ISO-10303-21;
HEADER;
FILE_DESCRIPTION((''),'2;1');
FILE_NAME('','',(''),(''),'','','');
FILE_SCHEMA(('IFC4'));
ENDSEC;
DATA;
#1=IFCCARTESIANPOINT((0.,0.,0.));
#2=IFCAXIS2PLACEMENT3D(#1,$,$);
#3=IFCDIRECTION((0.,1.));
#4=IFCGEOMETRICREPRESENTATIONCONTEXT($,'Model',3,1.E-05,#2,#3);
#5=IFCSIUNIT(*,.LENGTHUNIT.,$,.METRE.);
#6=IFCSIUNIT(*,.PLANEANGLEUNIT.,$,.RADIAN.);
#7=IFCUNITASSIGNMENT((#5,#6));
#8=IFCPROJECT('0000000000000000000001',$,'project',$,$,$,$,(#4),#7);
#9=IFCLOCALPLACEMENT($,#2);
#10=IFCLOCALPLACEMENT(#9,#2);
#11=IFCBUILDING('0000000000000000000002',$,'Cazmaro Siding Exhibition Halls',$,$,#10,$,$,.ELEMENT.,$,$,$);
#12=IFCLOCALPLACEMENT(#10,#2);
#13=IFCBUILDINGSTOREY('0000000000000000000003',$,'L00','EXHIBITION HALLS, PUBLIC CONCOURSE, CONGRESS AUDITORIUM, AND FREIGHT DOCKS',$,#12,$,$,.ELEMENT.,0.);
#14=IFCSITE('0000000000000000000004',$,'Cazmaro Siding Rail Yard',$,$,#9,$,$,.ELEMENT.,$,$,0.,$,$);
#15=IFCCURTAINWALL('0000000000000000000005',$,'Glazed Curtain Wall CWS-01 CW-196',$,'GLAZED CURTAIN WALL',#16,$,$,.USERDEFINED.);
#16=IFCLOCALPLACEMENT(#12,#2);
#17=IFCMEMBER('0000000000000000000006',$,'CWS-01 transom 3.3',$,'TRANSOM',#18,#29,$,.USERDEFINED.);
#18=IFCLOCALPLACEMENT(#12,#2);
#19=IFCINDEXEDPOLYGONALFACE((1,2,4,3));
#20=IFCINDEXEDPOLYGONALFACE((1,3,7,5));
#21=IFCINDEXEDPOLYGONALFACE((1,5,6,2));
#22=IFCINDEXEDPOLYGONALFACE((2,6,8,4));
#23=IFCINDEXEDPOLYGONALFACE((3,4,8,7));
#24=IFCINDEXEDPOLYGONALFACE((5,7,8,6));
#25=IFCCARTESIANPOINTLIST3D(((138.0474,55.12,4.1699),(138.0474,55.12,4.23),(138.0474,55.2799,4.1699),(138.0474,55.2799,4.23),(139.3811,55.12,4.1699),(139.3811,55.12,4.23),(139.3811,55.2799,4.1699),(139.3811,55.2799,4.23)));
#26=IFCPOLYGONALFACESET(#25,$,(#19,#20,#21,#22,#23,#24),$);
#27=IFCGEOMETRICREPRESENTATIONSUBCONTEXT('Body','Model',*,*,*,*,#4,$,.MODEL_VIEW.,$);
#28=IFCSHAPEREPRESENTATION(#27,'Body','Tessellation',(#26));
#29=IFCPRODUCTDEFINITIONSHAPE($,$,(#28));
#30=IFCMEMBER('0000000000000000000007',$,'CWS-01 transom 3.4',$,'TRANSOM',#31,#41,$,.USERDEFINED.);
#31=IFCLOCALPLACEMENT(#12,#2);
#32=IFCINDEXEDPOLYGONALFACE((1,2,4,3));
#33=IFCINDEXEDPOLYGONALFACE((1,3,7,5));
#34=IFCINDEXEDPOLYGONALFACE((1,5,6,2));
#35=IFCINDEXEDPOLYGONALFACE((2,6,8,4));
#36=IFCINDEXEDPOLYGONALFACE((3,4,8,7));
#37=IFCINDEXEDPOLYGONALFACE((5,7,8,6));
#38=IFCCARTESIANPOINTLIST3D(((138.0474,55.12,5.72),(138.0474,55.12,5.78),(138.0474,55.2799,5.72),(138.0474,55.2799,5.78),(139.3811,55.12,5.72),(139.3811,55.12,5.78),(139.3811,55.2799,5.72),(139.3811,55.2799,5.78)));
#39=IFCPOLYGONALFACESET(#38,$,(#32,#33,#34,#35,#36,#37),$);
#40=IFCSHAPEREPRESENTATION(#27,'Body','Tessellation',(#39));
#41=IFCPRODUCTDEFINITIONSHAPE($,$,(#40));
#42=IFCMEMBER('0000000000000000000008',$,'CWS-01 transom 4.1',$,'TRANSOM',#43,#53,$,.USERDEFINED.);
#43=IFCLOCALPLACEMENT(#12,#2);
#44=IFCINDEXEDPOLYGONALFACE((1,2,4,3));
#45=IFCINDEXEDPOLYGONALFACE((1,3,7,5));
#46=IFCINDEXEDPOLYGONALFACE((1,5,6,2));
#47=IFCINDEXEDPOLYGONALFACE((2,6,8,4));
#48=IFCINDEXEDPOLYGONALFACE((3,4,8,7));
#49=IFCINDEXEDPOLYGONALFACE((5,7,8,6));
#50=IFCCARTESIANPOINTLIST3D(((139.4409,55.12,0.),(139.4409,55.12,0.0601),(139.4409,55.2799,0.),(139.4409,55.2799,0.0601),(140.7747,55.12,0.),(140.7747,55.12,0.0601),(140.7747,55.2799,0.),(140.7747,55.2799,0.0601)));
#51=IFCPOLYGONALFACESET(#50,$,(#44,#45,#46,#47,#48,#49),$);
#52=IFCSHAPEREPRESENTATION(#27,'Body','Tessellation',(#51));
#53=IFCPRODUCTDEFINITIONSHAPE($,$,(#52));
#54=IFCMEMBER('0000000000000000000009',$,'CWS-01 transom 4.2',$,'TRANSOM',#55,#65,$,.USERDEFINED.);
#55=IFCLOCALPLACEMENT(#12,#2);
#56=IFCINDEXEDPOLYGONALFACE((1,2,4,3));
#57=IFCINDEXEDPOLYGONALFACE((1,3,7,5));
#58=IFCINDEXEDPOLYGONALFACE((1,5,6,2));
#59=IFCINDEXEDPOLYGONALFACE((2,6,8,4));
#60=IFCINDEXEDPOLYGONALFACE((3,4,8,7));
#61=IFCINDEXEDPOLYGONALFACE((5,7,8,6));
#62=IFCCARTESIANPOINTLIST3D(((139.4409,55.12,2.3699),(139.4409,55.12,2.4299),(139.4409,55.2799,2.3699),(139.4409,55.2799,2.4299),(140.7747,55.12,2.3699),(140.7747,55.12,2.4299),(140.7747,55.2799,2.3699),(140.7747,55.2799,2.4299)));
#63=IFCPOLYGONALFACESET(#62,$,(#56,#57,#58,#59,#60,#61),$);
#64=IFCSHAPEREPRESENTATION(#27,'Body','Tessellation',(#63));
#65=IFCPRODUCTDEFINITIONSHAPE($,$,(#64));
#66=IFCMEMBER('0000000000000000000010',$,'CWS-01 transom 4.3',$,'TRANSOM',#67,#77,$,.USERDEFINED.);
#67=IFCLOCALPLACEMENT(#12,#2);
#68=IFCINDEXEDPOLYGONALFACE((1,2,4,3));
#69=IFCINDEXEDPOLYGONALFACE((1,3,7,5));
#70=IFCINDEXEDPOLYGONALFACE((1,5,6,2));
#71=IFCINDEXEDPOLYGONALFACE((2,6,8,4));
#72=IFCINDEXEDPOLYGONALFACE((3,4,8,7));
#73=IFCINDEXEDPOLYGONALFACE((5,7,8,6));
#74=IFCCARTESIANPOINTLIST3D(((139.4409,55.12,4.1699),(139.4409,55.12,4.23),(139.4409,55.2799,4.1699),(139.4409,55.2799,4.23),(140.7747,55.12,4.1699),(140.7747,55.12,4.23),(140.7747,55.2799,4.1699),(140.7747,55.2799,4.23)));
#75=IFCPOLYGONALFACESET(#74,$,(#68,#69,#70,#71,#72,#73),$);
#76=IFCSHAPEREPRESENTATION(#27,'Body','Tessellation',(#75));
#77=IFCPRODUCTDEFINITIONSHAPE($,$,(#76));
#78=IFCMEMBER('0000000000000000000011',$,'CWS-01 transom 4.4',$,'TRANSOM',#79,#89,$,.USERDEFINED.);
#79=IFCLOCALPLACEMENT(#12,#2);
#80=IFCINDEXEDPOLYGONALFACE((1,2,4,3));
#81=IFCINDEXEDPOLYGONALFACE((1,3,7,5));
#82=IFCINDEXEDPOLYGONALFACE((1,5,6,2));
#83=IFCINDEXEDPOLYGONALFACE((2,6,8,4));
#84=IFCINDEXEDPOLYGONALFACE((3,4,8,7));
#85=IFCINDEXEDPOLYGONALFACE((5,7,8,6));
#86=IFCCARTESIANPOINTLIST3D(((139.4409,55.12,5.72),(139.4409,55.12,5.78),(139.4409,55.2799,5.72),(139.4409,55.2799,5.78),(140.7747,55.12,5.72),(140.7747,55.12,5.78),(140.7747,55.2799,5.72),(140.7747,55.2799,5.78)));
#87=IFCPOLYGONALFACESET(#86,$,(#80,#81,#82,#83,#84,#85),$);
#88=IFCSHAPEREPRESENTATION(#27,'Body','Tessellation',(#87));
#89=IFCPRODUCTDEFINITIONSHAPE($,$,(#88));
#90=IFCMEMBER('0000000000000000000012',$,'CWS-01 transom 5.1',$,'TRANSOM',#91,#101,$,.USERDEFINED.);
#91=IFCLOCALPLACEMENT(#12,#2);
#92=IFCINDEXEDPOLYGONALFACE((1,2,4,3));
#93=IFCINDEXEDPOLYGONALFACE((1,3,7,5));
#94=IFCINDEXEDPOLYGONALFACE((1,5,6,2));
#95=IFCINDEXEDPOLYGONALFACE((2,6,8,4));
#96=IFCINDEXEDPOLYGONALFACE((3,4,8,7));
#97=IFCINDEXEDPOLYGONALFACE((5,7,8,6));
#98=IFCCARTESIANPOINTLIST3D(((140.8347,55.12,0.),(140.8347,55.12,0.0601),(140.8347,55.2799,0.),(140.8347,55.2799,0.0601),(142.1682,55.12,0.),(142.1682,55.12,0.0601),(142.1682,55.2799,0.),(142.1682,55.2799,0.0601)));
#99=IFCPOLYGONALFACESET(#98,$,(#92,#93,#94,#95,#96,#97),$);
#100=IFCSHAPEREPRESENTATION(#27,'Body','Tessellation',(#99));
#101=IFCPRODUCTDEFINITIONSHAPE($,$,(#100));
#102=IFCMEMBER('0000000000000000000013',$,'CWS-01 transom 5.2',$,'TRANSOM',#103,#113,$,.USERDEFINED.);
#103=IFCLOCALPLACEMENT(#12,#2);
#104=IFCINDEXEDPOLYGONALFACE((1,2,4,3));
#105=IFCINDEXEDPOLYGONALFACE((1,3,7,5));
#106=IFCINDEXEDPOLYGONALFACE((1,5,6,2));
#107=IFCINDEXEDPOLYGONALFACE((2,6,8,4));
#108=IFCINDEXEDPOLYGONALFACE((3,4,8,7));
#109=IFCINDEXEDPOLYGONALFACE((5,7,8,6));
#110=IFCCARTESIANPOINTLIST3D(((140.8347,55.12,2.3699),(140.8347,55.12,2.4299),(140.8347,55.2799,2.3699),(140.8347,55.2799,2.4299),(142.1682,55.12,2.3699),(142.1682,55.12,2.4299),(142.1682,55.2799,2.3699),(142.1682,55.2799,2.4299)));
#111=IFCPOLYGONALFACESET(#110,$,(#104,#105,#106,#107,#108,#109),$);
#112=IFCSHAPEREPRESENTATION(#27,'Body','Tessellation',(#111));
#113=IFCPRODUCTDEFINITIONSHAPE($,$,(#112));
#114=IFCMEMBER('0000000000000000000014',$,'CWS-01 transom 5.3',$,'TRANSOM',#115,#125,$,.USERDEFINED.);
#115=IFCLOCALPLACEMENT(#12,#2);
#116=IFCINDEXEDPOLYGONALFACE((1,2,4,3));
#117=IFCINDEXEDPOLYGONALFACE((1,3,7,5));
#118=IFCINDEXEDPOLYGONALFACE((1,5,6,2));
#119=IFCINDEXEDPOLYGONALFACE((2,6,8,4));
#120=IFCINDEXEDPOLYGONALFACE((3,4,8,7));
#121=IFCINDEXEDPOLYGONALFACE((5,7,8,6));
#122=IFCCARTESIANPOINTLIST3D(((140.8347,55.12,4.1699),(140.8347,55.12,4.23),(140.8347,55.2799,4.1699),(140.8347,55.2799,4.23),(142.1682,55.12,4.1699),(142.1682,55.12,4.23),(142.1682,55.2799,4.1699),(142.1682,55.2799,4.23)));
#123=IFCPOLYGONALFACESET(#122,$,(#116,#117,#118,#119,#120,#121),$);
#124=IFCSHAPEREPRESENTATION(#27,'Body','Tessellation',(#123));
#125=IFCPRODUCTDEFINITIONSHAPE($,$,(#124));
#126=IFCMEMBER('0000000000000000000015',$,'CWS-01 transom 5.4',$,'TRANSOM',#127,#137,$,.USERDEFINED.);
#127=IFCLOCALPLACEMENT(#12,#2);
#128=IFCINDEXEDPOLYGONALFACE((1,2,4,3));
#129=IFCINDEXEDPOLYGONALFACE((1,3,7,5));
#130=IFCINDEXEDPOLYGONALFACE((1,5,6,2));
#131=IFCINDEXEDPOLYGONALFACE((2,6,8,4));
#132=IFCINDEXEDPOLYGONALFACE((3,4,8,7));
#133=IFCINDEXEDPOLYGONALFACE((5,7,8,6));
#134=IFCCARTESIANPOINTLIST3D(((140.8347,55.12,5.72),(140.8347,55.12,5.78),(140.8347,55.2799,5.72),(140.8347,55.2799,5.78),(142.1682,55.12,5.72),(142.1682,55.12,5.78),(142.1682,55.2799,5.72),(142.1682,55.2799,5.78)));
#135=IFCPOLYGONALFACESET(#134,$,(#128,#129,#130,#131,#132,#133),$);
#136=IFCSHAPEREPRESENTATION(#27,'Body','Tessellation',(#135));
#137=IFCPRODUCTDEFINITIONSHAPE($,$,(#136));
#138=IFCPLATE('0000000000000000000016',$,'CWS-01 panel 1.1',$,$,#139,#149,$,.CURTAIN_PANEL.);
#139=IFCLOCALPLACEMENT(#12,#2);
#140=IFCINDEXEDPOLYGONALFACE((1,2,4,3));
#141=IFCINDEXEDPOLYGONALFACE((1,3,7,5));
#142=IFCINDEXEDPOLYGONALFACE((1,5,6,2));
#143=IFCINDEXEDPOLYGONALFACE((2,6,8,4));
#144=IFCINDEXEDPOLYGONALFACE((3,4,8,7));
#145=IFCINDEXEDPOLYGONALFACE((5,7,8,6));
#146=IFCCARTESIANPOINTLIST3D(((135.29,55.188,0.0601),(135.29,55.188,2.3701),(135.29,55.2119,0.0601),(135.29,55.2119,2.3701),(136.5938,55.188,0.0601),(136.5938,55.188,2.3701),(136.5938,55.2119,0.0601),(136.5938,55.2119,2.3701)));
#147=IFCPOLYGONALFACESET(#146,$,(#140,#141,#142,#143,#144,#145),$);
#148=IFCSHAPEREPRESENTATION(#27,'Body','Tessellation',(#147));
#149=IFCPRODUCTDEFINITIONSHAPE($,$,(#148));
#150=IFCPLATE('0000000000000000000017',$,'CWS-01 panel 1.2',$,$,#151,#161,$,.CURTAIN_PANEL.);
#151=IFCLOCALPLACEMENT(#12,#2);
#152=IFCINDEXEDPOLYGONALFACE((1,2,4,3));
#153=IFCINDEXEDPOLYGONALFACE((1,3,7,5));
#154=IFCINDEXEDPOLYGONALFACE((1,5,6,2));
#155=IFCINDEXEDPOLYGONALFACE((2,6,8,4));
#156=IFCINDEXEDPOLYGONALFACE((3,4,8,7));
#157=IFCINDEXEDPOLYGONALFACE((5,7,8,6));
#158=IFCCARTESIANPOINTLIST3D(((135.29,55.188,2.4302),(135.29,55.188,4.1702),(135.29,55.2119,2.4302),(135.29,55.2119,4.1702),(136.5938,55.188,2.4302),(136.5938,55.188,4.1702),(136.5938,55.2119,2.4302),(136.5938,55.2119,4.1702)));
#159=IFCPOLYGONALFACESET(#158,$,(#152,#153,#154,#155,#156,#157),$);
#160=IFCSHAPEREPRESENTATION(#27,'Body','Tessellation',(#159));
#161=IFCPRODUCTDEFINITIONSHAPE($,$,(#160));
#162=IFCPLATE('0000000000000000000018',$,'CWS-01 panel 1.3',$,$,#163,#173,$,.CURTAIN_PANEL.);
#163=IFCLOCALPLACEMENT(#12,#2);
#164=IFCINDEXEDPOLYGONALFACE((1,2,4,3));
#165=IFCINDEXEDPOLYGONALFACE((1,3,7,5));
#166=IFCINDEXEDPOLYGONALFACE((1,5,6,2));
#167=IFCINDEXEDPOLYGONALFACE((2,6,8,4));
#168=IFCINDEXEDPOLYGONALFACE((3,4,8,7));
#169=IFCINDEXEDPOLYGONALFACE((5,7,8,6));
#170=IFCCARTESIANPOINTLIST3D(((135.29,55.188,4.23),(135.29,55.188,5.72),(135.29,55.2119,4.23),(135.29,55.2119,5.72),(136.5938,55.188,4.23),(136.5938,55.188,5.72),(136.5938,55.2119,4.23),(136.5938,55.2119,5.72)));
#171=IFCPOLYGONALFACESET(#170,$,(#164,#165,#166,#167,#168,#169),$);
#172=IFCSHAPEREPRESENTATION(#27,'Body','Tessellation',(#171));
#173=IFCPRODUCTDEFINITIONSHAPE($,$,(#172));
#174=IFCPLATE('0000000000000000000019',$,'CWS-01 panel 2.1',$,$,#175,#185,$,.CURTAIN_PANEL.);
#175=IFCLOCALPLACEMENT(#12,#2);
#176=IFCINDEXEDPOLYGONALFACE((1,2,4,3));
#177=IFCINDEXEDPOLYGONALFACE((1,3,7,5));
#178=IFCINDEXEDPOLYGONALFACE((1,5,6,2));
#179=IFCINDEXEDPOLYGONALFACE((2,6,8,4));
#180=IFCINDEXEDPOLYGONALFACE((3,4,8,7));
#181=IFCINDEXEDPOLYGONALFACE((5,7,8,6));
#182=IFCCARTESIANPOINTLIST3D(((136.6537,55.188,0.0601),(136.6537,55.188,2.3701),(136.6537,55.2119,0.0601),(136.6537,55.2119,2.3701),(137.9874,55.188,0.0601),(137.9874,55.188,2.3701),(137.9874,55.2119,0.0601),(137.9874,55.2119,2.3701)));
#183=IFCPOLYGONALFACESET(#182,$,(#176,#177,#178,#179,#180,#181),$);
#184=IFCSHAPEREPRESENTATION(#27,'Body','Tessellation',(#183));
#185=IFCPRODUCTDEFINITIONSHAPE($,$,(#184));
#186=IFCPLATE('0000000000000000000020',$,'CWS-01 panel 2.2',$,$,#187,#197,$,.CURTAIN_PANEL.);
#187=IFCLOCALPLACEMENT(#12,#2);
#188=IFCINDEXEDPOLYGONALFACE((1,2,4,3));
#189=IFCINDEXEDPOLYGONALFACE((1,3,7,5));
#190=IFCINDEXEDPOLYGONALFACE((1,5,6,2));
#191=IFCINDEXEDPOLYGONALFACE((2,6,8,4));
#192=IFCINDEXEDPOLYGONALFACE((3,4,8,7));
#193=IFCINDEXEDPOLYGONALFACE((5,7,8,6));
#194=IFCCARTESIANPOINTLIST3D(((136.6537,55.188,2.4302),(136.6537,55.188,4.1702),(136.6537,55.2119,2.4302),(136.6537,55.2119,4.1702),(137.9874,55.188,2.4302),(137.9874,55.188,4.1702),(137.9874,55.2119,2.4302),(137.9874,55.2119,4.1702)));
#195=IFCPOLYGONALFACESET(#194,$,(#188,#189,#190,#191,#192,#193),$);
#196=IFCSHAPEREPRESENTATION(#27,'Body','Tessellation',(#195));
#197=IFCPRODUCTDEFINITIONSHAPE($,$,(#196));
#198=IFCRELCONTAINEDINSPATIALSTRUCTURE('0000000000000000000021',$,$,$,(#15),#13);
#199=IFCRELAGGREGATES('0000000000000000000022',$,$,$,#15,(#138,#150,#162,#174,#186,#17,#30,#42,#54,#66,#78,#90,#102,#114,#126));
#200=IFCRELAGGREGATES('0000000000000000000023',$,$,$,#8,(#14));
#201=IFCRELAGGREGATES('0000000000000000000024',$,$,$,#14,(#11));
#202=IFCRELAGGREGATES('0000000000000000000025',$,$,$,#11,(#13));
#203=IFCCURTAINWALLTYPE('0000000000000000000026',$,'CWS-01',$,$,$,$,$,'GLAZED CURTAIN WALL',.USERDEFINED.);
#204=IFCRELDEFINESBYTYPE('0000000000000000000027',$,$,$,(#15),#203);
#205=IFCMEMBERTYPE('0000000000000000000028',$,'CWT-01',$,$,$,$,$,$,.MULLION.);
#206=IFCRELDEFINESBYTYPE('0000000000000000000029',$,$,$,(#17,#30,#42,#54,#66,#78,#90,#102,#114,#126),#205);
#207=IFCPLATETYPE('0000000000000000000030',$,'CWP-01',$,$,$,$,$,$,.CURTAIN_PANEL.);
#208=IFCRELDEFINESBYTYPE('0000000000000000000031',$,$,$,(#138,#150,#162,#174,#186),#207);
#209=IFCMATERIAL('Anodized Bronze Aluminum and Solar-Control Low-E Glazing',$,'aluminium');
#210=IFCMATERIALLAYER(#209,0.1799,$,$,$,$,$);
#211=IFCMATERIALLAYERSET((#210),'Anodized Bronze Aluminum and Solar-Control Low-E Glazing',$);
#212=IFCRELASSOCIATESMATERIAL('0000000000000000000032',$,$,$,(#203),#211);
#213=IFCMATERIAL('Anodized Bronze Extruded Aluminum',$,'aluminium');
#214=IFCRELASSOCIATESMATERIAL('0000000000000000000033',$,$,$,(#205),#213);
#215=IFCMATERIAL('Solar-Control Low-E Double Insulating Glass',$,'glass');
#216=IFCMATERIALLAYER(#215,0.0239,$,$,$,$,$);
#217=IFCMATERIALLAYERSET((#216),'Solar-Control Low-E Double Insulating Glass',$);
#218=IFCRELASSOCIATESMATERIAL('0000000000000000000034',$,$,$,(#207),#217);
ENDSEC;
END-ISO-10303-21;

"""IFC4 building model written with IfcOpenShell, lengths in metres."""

from ifc_helpers import new_model, si_unit, direction, frame, origin, origin_2d, place, context, subcontext, project, spatial, rectangle, extrude, material, layer, layer_set, material_profile, profile_set, type_object, element, aggregate, save


model = new_model("IFC4")

# Units and contexts
model_context = context("Model", 3, precision=1e-05, world=origin(), true_north=direction((0.0, 1.0)))
body_context = subcontext(model_context, "Body", "Model", "MODEL_VIEW")
ifc_project = project(units=[si_unit("LENGTHUNIT", "METRE"), si_unit("PLANEANGLEUNIT", "RADIAN")], contexts=[model_context])

# Site, building, storey
site_placement = place(None, origin())
site = spatial("IfcSite", under=ifc_project, at=site_placement, Name="Cazmaro Siding Rail Yard", CompositionType="ELEMENT", RefElevation=0.0)
building_placement = place(site_placement, origin())
building = spatial("IfcBuilding", under=site, at=building_placement, Name="Cazmaro Siding Exhibition Halls", CompositionType="ELEMENT")
storey_placement = place(building_placement, origin())
storey = spatial("IfcBuildingStorey", under=building, at=storey_placement, Name="L00", Description="EXHIBITION HALLS, PUBLIC CONCOURSE, CONGRESS AUDITORIUM, AND FREIGHT DOCKS", CompositionType="ELEMENT", Elevation=0.0)

# Curtain wall, members, plates
ifc_material_1 = material(Name="Anodized Bronze Aluminum and Solar-Control Low-E Glazing", Category="aluminium")
ifc_layer_1 = layer(ifc_material_1, 0.1799)
ifc_layer_set_1 = layer_set([ifc_layer_1], Name="Anodized Bronze Aluminum and Solar-Control Low-E Glazing")
curtain_wall_type = type_object("IfcCurtainWallType", Name="CWS-01", ElementType="GLAZED CURTAIN WALL", PredefinedType="USERDEFINED", material=ifc_layer_set_1)
curtain_wall_placement = place(storey_placement, origin())
curtain_wall = element("IfcCurtainWall", 1, at=curtain_wall_placement, inside=storey, type_object=curtain_wall_type, Name="Glazed Curtain Wall CWS-01 CW-196", ObjectType="GLAZED CURTAIN WALL", PredefinedType="USERDEFINED")
ifc_material_2 = material(Name="Anodized Bronze Extruded Aluminum", Category="aluminium")
ifc_material_profile_1 = material_profile(ifc_material_2, rectangle(XDim=0.1599, YDim=0.0601, at=origin_2d()), Name="CWT-01")
ifc_profile_set_1 = profile_set([ifc_material_profile_1], Name="Anodized Bronze Extruded Aluminum")
member_type_1 = type_object("IfcMemberType", Name="CWT-01", PredefinedType="MULLION", material=ifc_profile_set_1)
member_1_placement = place(storey_placement, frame((138.0474, 55.2, 4.2), z_axis=(1.0, 0.0, 0.0), x_axis=(0.0, 1.0, 0.0)))
member_1 = element("IfcMember", 2, at=member_1_placement, type_object=member_type_1, Name="CWS-01 transom 3.3", ObjectType="TRANSOM", PredefinedType="USERDEFINED", context=body_context, shape_type="SweptSolid", body=[
    extrude(rectangle(XDim=0.1599, YDim=0.0601, at=origin_2d()), origin(), (0.0, 0.0, 1.0), 1.3337),
])
member_2_placement = place(storey_placement, frame((138.0474, 55.2, 5.75), z_axis=(1.0, 0.0, 0.0), x_axis=(0.0, 1.0, 0.0)))
member_2 = element("IfcMember", 3, at=member_2_placement, type_object=member_type_1, Name="CWS-01 transom 3.4", ObjectType="TRANSOM", PredefinedType="USERDEFINED", context=body_context, shape_type="SweptSolid", body=[
    extrude(rectangle(XDim=0.1599, YDim=0.0601, at=origin_2d()), origin(), (0.0, 0.0, 1.0), 1.3337),
])
member_3_placement = place(storey_placement, frame((139.4409, 55.2, 0.03), z_axis=(1.0, 0.0, 0.0), x_axis=(0.0, 1.0, 0.0)))
member_3 = element("IfcMember", 4, at=member_3_placement, type_object=member_type_1, Name="CWS-01 transom 4.1", ObjectType="TRANSOM", PredefinedType="USERDEFINED", context=body_context, shape_type="SweptSolid", body=[
    extrude(rectangle(XDim=0.1599, YDim=0.0601, at=origin_2d()), origin(), (0.0, 0.0, 1.0), 1.3337),
])
member_4_placement = place(storey_placement, frame((139.4409, 55.2, 2.3999), z_axis=(1.0, 0.0, 0.0), x_axis=(0.0, 1.0, 0.0)))
member_4 = element("IfcMember", 5, at=member_4_placement, type_object=member_type_1, Name="CWS-01 transom 4.2", ObjectType="TRANSOM", PredefinedType="USERDEFINED", context=body_context, shape_type="SweptSolid", body=[
    extrude(rectangle(XDim=0.1599, YDim=0.0601, at=origin_2d()), origin(), (0.0, 0.0, 1.0), 1.3337),
])
member_5_placement = place(storey_placement, frame((139.4409, 55.2, 4.2), z_axis=(1.0, 0.0, 0.0), x_axis=(0.0, 1.0, 0.0)))
member_5 = element("IfcMember", 6, at=member_5_placement, type_object=member_type_1, Name="CWS-01 transom 4.3", ObjectType="TRANSOM", PredefinedType="USERDEFINED", context=body_context, shape_type="SweptSolid", body=[
    extrude(rectangle(XDim=0.1599, YDim=0.0601, at=origin_2d()), origin(), (0.0, 0.0, 1.0), 1.3337),
])
member_6_placement = place(storey_placement, frame((139.4409, 55.2, 5.75), z_axis=(1.0, 0.0, 0.0), x_axis=(0.0, 1.0, 0.0)))
member_6 = element("IfcMember", 7, at=member_6_placement, type_object=member_type_1, Name="CWS-01 transom 4.4", ObjectType="TRANSOM", PredefinedType="USERDEFINED", context=body_context, shape_type="SweptSolid", body=[
    extrude(rectangle(XDim=0.1599, YDim=0.0601, at=origin_2d()), origin(), (0.0, 0.0, 1.0), 1.3337),
])
member_7_placement = place(storey_placement, frame((140.8347, 55.2, 0.03), z_axis=(1.0, 0.0, 0.0), x_axis=(0.0, 1.0, 0.0)))
member_7 = element("IfcMember", 8, at=member_7_placement, type_object=member_type_1, Name="CWS-01 transom 5.1", ObjectType="TRANSOM", PredefinedType="USERDEFINED", context=body_context, shape_type="SweptSolid", body=[
    extrude(rectangle(XDim=0.1599, YDim=0.0601, at=origin_2d()), origin(), (0.0, 0.0, 1.0), 1.3335),
])
member_8_placement = place(storey_placement, frame((140.8347, 55.2, 2.3999), z_axis=(1.0, 0.0, 0.0), x_axis=(0.0, 1.0, 0.0)))
member_8 = element("IfcMember", 9, at=member_8_placement, type_object=member_type_1, Name="CWS-01 transom 5.2", ObjectType="TRANSOM", PredefinedType="USERDEFINED", context=body_context, shape_type="SweptSolid", body=[
    extrude(rectangle(XDim=0.1599, YDim=0.0601, at=origin_2d()), origin(), (0.0, 0.0, 1.0), 1.3335),
])
member_9_placement = place(storey_placement, frame((140.8347, 55.2, 4.2), z_axis=(1.0, 0.0, 0.0), x_axis=(0.0, 1.0, 0.0)))
member_9 = element("IfcMember", 10, at=member_9_placement, type_object=member_type_1, Name="CWS-01 transom 5.3", ObjectType="TRANSOM", PredefinedType="USERDEFINED", context=body_context, shape_type="SweptSolid", body=[
    extrude(rectangle(XDim=0.1599, YDim=0.0601, at=origin_2d()), origin(), (0.0, 0.0, 1.0), 1.3335),
])
member_10_placement = place(storey_placement, frame((140.8347, 55.2, 5.75), z_axis=(1.0, 0.0, 0.0), x_axis=(0.0, 1.0, 0.0)))
member_10 = element("IfcMember", 11, at=member_10_placement, type_object=member_type_1, Name="CWS-01 transom 5.4", ObjectType="TRANSOM", PredefinedType="USERDEFINED", context=body_context, shape_type="SweptSolid", body=[
    extrude(rectangle(XDim=0.1599, YDim=0.0601, at=origin_2d()), origin(), (0.0, 0.0, 1.0), 1.3335),
])
ifc_material_3 = material(Name="Solar-Control Low-E Double Insulating Glass", Category="glass")
ifc_layer_2 = layer(ifc_material_3, 0.0239)
ifc_layer_set_2 = layer_set([ifc_layer_2], Name="Solar-Control Low-E Double Insulating Glass")
plate_type = type_object("IfcPlateType", Name="CWP-01", PredefinedType="CURTAIN_PANEL", material=ifc_layer_set_2)
plate_1_placement = place(storey_placement, frame((135.9419, 55.2, 0.0601), z_axis=(0.0, 0.0, 1.0), x_axis=(1.0, 0.0, 0.0)))
plate_1 = element("IfcPlate", 12, at=plate_1_placement, type_object=plate_type, Name="CWS-01 panel 1.1", PredefinedType="CURTAIN_PANEL", context=body_context, shape_type="SweptSolid", body=[
    extrude(rectangle(XDim=1.3037, YDim=0.0239, at=origin_2d()), origin(), (0.0, 0.0, 1.0), 2.3101),
])
plate_2_placement = place(storey_placement, frame((135.9419, 55.2, 2.4302), z_axis=(0.0, 0.0, 1.0), x_axis=(1.0, 0.0, 0.0)))
plate_2 = element("IfcPlate", 13, at=plate_2_placement, type_object=plate_type, Name="CWS-01 panel 1.2", PredefinedType="CURTAIN_PANEL", context=body_context, shape_type="SweptSolid", body=[
    extrude(rectangle(XDim=1.3037, YDim=0.0239, at=origin_2d()), origin(), (0.0, 0.0, 1.0), 1.74),
])
plate_3_placement = place(storey_placement, frame((135.9419, 55.2, 4.23), z_axis=(0.0, 0.0, 1.0), x_axis=(1.0, 0.0, 0.0)))
plate_3 = element("IfcPlate", 14, at=plate_3_placement, type_object=plate_type, Name="CWS-01 panel 1.3", PredefinedType="CURTAIN_PANEL", context=body_context, shape_type="SweptSolid", body=[
    extrude(rectangle(XDim=1.3037, YDim=0.0239, at=origin_2d()), origin(), (0.0, 0.0, 1.0), 1.49),
])
plate_4_placement = place(storey_placement, frame((137.3206, 55.2, 0.0601), z_axis=(0.0, 0.0, 1.0), x_axis=(1.0, 0.0, 0.0)))
plate_4 = element("IfcPlate", 15, at=plate_4_placement, type_object=plate_type, Name="CWS-01 panel 2.1", PredefinedType="CURTAIN_PANEL", context=body_context, shape_type="SweptSolid", body=[
    extrude(rectangle(XDim=1.3337, YDim=0.0239, at=origin_2d()), origin(), (0.0, 0.0, 1.0), 2.3101),
])
plate_5_placement = place(storey_placement, frame((137.3206, 55.2, 2.4302), z_axis=(0.0, 0.0, 1.0), x_axis=(1.0, 0.0, 0.0)))
plate_5 = element("IfcPlate", 16, at=plate_5_placement, type_object=plate_type, Name="CWS-01 panel 2.2", PredefinedType="CURTAIN_PANEL", context=body_context, shape_type="SweptSolid", body=[
    extrude(rectangle(XDim=1.3337, YDim=0.0239, at=origin_2d()), origin(), (0.0, 0.0, 1.0), 1.74),
])
aggregate(curtain_wall, [plate_1, plate_2, plate_3, plate_4, plate_5, member_1, member_2, member_3, member_4, member_5, member_6, member_7, member_8, member_9, member_10])

save(model, "model.ifc")
